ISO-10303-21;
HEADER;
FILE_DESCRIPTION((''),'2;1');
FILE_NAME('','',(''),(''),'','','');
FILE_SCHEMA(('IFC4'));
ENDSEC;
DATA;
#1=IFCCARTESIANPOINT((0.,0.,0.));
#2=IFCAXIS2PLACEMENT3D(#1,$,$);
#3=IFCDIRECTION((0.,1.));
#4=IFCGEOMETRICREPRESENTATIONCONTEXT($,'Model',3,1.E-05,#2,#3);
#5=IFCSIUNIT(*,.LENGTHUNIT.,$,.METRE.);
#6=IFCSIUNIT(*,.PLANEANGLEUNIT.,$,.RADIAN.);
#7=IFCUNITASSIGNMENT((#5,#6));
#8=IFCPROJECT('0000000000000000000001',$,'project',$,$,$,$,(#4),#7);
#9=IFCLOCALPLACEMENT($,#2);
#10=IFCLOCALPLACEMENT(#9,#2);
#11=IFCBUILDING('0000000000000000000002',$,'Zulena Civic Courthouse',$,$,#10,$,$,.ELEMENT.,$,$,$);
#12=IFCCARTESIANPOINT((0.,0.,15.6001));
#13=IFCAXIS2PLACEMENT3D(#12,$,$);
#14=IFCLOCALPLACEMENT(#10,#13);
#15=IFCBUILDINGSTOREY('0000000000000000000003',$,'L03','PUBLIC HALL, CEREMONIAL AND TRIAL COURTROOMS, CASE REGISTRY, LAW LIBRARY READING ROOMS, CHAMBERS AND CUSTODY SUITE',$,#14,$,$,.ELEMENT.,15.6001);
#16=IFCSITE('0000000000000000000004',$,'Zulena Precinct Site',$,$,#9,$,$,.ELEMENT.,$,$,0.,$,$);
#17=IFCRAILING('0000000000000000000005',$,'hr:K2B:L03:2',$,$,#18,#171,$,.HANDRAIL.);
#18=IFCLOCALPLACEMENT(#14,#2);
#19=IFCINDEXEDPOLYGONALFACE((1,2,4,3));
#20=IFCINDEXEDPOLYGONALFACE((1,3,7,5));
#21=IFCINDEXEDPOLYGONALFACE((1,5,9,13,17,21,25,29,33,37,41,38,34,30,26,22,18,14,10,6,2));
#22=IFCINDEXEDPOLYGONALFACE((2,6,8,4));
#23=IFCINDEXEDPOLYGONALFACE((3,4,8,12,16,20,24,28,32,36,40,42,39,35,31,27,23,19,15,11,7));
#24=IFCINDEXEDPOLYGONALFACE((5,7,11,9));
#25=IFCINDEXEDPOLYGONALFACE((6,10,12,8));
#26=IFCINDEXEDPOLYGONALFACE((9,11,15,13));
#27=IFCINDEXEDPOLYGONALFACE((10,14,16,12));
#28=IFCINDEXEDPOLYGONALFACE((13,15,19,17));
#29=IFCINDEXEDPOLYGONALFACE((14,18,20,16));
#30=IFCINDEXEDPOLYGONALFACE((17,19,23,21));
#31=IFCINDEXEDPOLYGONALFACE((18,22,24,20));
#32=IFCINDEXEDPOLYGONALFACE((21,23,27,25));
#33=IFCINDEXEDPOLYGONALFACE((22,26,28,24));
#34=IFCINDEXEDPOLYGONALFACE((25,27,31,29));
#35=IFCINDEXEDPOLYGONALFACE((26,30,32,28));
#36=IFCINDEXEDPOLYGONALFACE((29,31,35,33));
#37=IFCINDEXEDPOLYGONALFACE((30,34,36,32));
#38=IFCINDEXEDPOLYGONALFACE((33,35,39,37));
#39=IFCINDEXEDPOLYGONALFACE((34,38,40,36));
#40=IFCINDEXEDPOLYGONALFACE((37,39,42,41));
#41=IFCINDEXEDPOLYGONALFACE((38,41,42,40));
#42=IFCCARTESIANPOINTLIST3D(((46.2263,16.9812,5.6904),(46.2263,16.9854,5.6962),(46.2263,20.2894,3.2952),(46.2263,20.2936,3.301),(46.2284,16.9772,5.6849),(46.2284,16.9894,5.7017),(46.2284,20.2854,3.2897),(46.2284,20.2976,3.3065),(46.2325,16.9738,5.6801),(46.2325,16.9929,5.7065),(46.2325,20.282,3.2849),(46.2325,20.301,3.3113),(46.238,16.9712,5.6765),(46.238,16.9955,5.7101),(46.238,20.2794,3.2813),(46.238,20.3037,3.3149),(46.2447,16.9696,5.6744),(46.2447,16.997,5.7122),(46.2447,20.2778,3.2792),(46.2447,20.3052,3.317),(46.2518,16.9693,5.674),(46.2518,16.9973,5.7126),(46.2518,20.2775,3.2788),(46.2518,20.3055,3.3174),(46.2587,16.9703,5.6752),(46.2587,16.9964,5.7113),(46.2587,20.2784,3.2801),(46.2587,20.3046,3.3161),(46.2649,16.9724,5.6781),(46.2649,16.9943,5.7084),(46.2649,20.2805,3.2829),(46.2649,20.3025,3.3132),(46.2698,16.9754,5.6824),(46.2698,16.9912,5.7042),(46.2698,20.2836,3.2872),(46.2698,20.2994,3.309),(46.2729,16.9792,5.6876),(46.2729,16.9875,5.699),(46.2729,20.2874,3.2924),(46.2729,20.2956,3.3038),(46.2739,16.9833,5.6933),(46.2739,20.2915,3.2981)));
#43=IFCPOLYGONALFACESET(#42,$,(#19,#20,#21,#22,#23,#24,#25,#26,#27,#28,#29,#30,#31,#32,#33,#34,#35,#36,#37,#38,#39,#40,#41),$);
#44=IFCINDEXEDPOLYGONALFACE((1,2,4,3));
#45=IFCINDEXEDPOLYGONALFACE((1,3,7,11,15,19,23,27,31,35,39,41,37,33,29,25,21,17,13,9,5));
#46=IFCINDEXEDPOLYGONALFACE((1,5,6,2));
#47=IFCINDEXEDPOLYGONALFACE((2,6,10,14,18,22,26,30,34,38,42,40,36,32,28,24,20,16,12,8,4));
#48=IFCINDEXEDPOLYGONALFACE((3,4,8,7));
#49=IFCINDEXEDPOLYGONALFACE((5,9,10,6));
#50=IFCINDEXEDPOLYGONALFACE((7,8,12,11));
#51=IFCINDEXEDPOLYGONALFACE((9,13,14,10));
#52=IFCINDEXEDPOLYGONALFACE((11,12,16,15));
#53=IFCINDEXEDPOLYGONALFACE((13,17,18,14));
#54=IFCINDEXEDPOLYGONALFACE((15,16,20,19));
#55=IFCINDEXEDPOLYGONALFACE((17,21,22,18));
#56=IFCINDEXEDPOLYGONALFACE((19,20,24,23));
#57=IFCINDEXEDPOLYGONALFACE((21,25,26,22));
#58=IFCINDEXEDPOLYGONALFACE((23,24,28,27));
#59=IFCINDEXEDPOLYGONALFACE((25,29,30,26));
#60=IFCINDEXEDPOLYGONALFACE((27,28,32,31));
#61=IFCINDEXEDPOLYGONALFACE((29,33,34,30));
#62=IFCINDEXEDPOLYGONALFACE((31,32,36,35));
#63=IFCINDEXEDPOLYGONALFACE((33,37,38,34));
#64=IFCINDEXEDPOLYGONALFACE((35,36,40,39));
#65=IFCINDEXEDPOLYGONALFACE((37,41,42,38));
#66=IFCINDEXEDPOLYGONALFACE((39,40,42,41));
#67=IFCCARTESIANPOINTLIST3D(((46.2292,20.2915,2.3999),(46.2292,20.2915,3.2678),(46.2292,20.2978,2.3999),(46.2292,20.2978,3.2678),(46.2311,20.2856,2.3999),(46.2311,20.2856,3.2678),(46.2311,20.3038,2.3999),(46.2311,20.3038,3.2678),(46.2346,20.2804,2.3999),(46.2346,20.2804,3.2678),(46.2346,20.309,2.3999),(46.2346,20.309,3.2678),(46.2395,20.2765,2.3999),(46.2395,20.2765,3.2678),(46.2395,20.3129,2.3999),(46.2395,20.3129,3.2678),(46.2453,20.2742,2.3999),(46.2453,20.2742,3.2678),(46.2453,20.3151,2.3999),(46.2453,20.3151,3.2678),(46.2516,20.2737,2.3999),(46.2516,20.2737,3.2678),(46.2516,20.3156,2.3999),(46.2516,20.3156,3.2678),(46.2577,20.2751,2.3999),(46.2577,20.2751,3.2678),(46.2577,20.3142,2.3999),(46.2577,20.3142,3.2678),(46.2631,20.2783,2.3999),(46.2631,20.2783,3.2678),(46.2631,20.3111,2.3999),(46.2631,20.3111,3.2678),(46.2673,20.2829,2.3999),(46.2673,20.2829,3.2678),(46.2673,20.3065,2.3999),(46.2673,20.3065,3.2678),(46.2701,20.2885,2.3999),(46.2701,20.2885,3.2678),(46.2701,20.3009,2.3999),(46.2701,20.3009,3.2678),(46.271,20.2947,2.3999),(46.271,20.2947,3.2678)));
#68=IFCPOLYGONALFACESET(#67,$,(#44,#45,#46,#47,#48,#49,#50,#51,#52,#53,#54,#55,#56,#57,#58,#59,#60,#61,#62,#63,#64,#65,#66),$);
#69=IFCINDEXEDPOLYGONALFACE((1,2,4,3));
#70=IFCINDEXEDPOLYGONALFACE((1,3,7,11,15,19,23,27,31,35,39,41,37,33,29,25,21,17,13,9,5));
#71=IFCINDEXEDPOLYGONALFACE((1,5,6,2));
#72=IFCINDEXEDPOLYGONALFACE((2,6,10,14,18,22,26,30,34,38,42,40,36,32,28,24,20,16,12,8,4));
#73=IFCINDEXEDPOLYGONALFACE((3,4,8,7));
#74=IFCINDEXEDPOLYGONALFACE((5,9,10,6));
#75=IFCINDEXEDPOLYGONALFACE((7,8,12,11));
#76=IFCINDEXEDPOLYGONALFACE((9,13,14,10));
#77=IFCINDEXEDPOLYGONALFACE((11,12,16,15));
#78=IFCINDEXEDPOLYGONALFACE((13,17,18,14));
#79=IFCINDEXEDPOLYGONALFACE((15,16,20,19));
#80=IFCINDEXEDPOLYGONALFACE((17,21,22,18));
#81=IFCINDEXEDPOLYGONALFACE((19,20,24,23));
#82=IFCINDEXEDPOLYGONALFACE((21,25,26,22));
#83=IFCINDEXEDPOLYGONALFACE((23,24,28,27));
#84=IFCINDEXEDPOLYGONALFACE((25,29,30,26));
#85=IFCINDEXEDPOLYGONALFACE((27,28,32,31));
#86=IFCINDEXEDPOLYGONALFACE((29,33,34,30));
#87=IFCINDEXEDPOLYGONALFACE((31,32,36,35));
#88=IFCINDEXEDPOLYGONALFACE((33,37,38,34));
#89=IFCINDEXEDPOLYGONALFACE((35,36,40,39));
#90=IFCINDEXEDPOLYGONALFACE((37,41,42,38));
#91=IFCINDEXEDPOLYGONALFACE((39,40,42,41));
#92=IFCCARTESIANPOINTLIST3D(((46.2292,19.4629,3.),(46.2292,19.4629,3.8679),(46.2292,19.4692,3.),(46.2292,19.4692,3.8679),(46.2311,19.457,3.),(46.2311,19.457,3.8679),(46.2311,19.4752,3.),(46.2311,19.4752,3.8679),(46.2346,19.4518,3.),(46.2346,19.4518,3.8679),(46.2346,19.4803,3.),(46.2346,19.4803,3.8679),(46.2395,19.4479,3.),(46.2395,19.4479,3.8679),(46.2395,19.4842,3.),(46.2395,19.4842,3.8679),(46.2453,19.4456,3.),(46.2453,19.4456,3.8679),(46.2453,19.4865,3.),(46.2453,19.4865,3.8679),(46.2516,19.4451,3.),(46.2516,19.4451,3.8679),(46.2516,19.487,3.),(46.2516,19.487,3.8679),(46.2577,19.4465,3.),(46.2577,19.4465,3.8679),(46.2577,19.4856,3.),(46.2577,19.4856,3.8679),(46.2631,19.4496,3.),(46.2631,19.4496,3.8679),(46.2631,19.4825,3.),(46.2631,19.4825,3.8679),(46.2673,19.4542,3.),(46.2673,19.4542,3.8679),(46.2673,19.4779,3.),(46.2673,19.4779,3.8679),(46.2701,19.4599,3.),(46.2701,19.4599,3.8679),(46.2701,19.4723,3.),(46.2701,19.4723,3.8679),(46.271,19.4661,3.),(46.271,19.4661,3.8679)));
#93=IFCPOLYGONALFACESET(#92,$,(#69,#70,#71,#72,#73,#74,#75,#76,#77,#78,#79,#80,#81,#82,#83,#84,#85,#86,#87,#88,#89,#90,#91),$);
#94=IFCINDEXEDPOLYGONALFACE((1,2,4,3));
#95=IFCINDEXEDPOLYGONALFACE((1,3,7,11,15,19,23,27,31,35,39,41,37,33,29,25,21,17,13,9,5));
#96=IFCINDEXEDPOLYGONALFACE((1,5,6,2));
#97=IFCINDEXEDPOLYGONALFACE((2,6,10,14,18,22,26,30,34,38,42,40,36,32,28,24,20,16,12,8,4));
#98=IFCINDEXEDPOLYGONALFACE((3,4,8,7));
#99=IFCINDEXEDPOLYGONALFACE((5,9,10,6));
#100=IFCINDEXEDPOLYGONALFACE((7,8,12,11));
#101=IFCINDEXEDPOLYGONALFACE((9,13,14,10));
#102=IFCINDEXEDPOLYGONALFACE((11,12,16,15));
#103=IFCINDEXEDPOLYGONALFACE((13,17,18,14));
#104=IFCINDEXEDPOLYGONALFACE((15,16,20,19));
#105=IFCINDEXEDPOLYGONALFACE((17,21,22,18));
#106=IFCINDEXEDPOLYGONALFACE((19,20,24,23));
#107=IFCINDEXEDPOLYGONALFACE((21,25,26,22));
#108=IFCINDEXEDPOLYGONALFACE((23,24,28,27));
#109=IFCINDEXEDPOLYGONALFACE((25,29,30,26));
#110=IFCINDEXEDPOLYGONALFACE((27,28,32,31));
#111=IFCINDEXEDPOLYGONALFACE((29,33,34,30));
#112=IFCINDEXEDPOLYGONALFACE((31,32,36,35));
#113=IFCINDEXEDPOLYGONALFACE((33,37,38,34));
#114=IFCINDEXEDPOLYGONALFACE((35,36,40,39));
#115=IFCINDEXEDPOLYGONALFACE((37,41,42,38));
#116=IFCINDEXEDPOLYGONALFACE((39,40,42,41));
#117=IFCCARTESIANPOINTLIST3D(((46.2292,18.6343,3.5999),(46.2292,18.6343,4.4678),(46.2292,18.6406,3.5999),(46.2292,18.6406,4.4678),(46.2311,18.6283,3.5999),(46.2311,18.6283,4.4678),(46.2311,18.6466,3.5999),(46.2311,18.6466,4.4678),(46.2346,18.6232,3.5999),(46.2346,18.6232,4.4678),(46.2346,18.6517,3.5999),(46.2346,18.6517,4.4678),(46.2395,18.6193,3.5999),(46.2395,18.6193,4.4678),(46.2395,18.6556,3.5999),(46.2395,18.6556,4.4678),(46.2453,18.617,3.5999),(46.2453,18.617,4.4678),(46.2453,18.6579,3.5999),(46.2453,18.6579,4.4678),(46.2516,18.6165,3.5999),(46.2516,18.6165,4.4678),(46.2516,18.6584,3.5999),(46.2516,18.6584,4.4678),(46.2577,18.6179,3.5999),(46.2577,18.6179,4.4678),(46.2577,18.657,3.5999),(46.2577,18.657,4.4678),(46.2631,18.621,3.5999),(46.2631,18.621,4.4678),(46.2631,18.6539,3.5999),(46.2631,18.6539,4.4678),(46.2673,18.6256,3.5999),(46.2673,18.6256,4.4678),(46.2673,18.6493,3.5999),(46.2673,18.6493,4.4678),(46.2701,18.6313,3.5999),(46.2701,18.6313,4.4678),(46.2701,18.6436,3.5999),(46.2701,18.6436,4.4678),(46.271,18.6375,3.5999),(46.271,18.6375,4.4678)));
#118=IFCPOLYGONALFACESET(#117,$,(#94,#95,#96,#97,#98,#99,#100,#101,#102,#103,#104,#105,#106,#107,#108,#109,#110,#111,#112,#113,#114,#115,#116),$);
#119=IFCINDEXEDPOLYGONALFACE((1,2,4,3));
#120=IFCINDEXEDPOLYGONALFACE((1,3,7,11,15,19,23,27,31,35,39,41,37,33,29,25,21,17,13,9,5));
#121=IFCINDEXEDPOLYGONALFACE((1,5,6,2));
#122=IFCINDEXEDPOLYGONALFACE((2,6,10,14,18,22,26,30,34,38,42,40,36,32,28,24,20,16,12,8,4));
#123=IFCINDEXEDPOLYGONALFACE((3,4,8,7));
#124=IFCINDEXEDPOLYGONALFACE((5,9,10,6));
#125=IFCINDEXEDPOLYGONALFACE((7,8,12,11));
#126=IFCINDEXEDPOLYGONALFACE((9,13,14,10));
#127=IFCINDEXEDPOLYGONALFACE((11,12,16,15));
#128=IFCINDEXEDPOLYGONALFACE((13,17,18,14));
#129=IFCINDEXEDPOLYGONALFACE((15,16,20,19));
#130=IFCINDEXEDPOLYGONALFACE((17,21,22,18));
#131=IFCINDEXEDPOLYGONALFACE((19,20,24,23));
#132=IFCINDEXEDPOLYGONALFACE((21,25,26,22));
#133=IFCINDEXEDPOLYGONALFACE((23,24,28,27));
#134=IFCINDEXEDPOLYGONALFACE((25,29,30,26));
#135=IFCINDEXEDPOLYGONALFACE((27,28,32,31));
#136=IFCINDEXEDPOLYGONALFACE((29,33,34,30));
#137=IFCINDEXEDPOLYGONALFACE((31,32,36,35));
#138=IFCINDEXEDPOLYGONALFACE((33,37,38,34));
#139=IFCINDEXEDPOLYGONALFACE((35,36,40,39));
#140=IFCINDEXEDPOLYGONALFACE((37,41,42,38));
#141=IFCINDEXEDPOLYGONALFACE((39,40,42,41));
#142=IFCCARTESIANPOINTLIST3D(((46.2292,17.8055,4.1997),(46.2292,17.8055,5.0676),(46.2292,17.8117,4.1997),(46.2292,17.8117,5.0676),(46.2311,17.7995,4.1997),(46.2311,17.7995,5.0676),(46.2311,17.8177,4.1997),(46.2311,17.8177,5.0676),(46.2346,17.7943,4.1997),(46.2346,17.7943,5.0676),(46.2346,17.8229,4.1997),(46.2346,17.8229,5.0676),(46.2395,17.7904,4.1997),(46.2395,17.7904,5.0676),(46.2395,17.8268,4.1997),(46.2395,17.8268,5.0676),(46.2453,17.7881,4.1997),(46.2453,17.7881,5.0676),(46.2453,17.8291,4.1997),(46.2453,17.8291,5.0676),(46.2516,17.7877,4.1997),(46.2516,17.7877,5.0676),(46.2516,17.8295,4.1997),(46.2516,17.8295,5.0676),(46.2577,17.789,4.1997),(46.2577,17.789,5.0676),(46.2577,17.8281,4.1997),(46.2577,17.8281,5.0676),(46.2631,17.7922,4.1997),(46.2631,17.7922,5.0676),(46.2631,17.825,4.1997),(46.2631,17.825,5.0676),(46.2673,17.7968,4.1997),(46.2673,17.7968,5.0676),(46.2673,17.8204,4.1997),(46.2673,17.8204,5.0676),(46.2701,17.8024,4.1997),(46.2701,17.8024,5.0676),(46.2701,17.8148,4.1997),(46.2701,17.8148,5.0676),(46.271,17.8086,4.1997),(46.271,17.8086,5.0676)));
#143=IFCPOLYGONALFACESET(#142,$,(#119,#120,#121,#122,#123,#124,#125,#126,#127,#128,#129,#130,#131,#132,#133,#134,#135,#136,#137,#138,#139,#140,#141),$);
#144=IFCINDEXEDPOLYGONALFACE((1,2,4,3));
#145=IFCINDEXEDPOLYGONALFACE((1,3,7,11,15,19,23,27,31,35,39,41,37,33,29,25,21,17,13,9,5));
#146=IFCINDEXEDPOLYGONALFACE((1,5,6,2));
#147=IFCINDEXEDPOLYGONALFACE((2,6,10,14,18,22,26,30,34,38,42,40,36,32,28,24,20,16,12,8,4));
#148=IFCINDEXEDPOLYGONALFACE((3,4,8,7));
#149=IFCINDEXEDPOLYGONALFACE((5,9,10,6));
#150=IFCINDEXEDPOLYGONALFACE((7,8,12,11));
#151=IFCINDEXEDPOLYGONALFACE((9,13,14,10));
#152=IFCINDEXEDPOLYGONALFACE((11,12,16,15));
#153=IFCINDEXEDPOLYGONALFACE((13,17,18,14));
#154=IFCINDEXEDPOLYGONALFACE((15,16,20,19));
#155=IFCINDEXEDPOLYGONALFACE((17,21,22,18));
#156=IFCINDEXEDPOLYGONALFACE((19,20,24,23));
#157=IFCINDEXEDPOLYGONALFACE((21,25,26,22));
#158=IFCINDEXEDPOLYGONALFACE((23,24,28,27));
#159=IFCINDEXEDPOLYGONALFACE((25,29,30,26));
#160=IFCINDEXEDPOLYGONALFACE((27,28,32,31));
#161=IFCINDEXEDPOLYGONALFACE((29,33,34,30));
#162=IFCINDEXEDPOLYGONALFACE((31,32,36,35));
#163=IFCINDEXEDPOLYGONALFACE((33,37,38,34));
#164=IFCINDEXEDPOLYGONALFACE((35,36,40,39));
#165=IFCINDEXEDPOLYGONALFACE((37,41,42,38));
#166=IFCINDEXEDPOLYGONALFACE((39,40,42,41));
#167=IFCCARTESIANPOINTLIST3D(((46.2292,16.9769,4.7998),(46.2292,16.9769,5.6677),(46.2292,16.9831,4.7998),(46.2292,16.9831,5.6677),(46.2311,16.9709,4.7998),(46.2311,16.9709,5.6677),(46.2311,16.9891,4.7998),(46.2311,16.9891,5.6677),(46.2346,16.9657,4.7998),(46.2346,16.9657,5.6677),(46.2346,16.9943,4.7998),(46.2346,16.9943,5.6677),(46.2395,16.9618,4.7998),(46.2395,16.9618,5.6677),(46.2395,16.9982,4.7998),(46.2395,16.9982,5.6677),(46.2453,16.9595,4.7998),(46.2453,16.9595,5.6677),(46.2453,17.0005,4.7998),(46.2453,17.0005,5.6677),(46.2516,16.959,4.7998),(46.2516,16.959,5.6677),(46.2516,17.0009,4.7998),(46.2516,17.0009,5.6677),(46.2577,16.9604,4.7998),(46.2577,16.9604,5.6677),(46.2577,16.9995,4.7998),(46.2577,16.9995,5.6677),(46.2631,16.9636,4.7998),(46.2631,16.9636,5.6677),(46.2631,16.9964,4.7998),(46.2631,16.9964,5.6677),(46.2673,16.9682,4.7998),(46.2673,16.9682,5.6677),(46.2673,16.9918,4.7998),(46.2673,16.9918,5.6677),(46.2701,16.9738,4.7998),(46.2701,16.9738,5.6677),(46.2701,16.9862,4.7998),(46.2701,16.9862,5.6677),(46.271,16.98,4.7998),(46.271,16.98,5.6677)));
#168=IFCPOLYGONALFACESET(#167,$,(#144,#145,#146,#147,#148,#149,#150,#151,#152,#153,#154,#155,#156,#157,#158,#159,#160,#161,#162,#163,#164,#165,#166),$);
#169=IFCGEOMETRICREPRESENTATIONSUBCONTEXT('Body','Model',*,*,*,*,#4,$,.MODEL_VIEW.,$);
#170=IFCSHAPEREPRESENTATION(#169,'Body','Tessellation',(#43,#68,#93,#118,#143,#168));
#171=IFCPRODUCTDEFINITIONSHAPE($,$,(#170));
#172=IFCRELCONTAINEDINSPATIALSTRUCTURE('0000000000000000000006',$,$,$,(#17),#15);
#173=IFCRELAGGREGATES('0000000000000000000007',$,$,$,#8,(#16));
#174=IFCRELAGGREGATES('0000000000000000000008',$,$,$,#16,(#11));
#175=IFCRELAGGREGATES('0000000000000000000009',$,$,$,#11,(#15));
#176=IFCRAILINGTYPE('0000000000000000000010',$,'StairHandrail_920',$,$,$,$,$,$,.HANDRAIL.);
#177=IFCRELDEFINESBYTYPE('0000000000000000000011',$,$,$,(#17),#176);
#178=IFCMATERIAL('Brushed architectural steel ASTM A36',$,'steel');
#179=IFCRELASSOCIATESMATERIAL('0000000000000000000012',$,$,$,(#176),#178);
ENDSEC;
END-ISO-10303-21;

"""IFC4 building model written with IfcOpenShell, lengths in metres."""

from ifc_helpers import new_model, si_unit, direction, frame, origin, origin_2d, place, context, subcontext, project, spatial, circle, extrude, material, type_object, element, save


model = new_model("IFC4")

# Units and contexts
model_context = context("Model", 3, precision=1e-05, world=origin(), true_north=direction((0.0, 1.0)))
body_context = subcontext(model_context, "Body", "Model", "MODEL_VIEW")
ifc_project = project(units=[si_unit("LENGTHUNIT", "METRE"), si_unit("PLANEANGLEUNIT", "RADIAN")], contexts=[model_context])

# Site, building, storey
site_placement = place(None, origin())
site = spatial("IfcSite", under=ifc_project, at=site_placement, Name="Zulena Precinct Site", CompositionType="ELEMENT", RefElevation=0.0)
building_placement = place(site_placement, origin())
building = spatial("IfcBuilding", under=site, at=building_placement, Name="Zulena Civic Courthouse", CompositionType="ELEMENT")
storey_placement = place(building_placement, frame((0.0, 0.0, 15.6001)))
storey = spatial("IfcBuildingStorey", under=building, at=storey_placement, Name="L03", Description="PUBLIC HALL, CEREMONIAL AND TRIAL COURTROOMS, CASE REGISTRY, LAW LIBRARY READING ROOMS, CHAMBERS AND CUSTODY SUITE", CompositionType="ELEMENT", Elevation=15.6001)

# Railing
ifc_material_1 = material(Name="Brushed architectural steel ASTM A36", Category="steel")
railing_type_1 = type_object("IfcRailingType", Name="StairHandrail_920", PredefinedType="HANDRAIL", material=ifc_material_1)
railing_1_placement = place(storey_placement, frame((46.25, 20.2947, 2.3999)))
element("IfcRailing", 1, at=railing_1_placement, inside=storey, type_object=railing_type_1, Name="hr:K2B:L03:2", PredefinedType="HANDRAIL", context=body_context, shape_type="SweptSolid", body=[
    extrude(circle(Radius=0.0239, at=origin_2d()), frame((0.0, -0.0032, 0.8982), z_axis=(0.0, -0.809988, 0.586446), x_axis=(1.0, 0.0, 0.0)), (0.0, 0.0, 1.0), 4.0842),
    extrude(circle(Radius=0.021, at=origin_2d()), origin(), (0.0, 0.0, 1.0), 0.8679),
    extrude(circle(Radius=0.021, at=origin_2d()), frame((0.0, -0.8286, 0.6001)), (0.0, 0.0, 1.0), 0.8679),
    extrude(circle(Radius=0.021, at=origin_2d()), frame((0.0, -1.6572, 1.2)), (0.0, 0.0, 1.0), 0.8679),
    extrude(circle(Radius=0.021, at=origin_2d()), frame((0.0, -2.4861, 1.7998)), (0.0, 0.0, 1.0), 0.8679),
    extrude(circle(Radius=0.021, at=origin_2d()), frame((0.0, -3.3147, 2.3999)), (0.0, 0.0, 1.0), 0.8679),
])

save(model, "model.ifc")
